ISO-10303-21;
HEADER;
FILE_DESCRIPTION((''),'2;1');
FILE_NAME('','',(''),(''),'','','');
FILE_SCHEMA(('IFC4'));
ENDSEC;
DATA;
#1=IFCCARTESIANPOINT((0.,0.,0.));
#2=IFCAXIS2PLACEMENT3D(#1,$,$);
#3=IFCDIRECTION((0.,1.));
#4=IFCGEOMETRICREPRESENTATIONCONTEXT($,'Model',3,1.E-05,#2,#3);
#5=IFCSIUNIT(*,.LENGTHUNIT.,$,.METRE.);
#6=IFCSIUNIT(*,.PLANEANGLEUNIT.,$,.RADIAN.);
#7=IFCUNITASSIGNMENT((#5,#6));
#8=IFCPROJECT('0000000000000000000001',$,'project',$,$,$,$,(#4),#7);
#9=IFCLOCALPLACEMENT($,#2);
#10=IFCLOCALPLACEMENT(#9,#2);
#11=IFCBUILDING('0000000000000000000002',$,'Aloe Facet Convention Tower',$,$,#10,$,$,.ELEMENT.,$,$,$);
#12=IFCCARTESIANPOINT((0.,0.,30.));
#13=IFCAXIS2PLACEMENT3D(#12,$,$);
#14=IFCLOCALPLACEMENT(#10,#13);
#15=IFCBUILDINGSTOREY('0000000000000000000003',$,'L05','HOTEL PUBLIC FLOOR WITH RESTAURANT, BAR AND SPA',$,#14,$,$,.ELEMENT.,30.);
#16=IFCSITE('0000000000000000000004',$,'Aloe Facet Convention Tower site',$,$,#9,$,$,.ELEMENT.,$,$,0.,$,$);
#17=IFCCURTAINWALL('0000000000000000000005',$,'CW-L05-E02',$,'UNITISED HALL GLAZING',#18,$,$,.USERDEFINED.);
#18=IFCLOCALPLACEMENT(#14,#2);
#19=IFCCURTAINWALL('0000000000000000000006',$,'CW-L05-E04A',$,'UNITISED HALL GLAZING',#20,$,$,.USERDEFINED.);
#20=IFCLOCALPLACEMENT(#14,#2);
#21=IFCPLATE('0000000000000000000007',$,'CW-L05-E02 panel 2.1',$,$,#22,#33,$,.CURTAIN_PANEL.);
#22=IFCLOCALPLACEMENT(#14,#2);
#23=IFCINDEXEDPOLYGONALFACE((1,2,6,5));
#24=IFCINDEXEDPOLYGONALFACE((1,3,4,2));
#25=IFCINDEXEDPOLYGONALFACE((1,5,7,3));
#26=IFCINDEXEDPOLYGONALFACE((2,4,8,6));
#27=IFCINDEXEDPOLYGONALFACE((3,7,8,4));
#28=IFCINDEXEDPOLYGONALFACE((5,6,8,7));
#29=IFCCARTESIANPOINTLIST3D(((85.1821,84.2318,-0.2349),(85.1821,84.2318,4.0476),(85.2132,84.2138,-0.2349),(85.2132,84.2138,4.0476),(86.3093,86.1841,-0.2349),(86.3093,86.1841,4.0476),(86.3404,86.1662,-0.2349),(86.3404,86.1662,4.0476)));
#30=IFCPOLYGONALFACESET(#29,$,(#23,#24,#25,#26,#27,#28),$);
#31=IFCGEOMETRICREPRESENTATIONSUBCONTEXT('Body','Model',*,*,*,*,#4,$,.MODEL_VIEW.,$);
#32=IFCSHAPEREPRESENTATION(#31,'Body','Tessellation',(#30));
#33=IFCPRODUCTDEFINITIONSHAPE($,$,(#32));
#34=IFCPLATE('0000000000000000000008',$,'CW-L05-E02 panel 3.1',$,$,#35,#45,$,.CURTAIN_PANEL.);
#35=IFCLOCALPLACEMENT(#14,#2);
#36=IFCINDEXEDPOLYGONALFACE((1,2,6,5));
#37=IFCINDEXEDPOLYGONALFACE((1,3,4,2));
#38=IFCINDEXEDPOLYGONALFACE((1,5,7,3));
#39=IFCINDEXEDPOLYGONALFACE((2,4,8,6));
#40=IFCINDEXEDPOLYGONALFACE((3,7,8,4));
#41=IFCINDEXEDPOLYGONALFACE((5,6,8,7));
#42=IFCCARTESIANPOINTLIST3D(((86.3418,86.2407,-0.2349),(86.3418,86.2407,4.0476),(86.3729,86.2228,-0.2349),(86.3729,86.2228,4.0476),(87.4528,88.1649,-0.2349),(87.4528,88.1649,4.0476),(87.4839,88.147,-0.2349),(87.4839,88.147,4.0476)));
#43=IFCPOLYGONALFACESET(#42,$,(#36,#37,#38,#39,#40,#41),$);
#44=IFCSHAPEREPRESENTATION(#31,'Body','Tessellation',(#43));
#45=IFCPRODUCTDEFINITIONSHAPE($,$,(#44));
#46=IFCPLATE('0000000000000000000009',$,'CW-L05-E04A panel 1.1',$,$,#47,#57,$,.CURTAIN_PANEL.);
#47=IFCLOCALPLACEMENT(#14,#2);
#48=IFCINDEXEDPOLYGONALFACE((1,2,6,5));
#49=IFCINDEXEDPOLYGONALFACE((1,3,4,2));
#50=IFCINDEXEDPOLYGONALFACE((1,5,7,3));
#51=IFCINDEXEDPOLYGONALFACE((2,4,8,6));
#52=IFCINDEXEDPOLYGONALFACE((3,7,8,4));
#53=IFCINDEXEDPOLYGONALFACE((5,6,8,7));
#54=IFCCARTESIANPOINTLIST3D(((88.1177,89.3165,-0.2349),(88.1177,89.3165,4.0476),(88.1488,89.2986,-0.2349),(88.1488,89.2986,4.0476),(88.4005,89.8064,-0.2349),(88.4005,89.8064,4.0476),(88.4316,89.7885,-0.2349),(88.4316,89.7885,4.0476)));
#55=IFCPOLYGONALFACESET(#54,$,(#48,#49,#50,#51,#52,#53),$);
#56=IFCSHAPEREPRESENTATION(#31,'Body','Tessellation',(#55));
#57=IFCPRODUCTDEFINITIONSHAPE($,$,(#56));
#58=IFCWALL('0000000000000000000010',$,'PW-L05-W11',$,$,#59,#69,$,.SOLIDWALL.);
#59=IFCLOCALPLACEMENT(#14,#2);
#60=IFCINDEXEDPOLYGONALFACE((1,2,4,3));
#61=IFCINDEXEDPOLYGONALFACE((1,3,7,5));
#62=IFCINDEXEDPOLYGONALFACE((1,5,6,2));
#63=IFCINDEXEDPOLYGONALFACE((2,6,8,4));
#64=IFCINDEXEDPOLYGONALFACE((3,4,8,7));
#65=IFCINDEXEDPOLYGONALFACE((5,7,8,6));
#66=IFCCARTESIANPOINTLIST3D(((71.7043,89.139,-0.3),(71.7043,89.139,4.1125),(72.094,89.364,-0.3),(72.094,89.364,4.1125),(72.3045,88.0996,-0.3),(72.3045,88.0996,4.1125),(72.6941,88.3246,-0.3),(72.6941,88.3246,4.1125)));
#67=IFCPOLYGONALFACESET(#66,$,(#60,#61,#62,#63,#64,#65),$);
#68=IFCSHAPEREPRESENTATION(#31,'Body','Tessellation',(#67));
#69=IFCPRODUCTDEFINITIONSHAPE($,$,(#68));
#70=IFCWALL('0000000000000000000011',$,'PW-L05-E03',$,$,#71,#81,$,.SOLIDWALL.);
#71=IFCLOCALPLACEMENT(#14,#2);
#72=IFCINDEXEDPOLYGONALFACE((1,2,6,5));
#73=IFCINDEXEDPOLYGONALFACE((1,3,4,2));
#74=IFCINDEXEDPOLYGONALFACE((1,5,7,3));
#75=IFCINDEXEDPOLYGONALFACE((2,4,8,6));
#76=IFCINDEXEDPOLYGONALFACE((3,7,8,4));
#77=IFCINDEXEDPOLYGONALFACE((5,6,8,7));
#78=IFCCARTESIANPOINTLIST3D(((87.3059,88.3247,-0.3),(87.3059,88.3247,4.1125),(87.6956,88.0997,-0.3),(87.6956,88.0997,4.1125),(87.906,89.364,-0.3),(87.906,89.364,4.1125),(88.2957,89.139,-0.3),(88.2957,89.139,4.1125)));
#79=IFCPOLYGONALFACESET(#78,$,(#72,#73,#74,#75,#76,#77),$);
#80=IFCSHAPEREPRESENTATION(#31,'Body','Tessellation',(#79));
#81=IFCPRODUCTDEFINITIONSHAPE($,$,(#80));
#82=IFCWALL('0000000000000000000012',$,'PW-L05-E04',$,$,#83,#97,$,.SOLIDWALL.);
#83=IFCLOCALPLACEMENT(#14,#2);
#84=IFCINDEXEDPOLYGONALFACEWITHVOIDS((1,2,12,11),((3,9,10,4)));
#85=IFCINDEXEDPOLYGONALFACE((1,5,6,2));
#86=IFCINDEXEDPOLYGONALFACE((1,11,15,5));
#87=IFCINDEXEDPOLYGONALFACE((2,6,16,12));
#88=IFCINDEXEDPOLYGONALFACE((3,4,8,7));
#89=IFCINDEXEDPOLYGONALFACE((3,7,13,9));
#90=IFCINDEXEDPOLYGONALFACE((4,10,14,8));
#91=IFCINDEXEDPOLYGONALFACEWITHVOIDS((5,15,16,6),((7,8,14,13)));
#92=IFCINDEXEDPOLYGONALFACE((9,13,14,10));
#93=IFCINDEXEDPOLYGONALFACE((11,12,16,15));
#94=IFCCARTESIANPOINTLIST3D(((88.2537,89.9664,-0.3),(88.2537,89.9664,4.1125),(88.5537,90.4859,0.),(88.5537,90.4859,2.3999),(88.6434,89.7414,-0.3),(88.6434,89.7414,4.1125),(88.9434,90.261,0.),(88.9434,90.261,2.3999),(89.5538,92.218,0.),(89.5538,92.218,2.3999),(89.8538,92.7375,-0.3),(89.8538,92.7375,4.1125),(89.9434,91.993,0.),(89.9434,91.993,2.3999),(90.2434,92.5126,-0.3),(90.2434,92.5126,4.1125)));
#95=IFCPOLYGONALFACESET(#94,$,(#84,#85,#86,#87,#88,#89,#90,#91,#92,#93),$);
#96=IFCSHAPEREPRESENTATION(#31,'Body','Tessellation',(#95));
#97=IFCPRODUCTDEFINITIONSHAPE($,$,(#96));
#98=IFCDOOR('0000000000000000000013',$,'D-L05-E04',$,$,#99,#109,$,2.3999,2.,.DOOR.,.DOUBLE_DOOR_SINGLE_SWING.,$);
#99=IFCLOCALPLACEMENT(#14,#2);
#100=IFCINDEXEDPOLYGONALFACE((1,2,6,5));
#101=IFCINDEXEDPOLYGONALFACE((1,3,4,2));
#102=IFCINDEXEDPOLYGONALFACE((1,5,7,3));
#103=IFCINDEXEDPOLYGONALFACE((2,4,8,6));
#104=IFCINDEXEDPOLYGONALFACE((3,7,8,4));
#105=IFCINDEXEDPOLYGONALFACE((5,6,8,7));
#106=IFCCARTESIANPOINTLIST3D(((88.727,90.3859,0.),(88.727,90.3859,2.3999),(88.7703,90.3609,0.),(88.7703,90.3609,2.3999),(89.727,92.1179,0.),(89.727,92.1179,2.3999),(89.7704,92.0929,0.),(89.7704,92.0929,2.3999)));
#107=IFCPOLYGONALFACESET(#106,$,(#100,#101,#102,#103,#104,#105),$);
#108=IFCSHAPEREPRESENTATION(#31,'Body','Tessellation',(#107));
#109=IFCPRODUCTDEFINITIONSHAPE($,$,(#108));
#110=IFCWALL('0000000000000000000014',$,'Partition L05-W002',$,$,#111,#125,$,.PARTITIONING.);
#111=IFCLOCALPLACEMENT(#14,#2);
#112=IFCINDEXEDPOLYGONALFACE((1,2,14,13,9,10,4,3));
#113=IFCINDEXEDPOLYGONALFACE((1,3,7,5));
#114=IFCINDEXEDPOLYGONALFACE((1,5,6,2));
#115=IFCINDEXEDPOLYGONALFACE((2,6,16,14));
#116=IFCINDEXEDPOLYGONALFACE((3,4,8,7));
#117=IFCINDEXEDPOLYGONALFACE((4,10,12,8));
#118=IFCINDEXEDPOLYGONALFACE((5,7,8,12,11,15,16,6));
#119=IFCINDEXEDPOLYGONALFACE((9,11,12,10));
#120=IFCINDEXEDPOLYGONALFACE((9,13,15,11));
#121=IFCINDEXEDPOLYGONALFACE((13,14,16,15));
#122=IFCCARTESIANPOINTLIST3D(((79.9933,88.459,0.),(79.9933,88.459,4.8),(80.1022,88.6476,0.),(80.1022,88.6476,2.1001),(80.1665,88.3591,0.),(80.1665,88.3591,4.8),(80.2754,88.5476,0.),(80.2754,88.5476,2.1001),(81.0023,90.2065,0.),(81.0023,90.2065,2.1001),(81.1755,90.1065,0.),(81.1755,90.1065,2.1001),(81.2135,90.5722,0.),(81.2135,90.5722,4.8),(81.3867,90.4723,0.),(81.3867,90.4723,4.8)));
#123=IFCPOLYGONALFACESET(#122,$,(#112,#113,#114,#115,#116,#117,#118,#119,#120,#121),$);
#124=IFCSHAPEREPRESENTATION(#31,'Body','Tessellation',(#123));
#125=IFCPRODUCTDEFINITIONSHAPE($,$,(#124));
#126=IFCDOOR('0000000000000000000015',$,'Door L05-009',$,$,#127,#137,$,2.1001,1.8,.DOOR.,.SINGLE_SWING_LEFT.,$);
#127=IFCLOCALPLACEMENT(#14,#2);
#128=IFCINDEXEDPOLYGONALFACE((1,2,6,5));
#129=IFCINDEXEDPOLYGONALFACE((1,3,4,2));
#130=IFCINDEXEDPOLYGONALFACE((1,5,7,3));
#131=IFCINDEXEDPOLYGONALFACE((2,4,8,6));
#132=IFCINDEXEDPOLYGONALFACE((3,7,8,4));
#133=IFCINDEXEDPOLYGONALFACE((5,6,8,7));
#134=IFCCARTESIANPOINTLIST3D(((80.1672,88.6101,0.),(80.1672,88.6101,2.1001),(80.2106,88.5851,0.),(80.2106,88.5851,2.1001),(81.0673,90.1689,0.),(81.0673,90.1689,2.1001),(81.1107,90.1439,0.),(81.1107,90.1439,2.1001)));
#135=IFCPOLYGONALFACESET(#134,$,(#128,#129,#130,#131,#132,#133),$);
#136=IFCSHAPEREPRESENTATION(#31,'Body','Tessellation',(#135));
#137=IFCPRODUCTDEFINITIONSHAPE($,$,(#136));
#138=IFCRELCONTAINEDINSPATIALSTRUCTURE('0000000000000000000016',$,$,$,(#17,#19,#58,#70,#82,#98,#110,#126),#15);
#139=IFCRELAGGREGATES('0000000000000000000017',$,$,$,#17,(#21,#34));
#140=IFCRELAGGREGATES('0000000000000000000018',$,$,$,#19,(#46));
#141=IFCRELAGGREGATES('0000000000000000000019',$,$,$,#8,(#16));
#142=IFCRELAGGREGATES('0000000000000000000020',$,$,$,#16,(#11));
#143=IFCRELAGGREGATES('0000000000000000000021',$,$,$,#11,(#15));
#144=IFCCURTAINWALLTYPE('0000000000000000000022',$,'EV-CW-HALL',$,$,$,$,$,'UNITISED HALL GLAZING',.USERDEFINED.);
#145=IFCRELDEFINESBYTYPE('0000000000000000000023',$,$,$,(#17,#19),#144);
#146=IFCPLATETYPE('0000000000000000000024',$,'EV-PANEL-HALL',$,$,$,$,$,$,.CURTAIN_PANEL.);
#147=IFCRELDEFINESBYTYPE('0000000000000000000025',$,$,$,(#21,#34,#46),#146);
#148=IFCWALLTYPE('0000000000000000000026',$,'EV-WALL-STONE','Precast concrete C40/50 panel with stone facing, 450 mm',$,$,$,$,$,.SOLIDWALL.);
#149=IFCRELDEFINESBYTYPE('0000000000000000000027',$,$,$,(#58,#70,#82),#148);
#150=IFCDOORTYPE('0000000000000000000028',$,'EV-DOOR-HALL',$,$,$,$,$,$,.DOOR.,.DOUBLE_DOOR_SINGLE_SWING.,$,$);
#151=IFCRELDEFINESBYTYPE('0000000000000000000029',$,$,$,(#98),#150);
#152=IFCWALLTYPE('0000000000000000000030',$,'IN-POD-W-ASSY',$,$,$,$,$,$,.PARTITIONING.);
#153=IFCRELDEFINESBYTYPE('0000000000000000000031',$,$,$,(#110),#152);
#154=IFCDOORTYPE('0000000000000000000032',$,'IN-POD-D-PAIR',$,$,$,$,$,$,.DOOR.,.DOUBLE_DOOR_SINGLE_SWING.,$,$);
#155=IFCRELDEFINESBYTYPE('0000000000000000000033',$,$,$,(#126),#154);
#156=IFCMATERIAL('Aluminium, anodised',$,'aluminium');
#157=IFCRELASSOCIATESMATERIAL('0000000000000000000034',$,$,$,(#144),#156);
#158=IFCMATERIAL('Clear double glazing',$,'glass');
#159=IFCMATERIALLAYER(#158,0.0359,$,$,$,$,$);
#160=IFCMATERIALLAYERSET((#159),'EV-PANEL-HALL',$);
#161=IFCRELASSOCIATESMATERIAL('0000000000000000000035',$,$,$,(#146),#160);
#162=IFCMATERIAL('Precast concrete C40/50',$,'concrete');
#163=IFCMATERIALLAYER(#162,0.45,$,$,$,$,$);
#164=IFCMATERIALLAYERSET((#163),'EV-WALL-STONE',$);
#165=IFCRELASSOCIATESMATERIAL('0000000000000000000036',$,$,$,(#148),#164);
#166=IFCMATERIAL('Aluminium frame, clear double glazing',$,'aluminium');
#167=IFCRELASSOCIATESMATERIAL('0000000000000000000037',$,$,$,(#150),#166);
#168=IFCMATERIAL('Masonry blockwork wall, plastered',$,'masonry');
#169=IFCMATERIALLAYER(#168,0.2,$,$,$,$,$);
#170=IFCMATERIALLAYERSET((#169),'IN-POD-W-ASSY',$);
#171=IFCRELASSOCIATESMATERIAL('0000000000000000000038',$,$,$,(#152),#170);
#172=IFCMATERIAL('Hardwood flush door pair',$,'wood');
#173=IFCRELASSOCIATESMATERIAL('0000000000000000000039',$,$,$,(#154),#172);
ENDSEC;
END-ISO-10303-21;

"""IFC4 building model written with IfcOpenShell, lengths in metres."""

from ifc_helpers import new_model, si_unit, direction, frame, frame_2d, origin, origin_2d, place, context, subcontext, project, spatial, rectangle, extrude, material, layer, layer_set, type_object, element, fill, aggregate, save


model = new_model("IFC4")

# Units and contexts
model_context = context("Model", 3, precision=1e-05, world=origin(), true_north=direction((0.0, 1.0)))
body_context = subcontext(model_context, "Body", "Model", "MODEL_VIEW")
ifc_project = project(units=[si_unit("LENGTHUNIT", "METRE"), si_unit("PLANEANGLEUNIT", "RADIAN")], contexts=[model_context])

# Site, building, storey
site_placement = place(None, origin())
site = spatial("IfcSite", under=ifc_project, at=site_placement, Name="Aloe Facet Convention Tower site", CompositionType="ELEMENT", RefElevation=0.0)
building_placement = place(site_placement, origin())
building = spatial("IfcBuilding", under=site, at=building_placement, Name="Aloe Facet Convention Tower", CompositionType="ELEMENT")
storey_placement = place(building_placement, frame((0.0, 0.0, 30.0)))
storey = spatial("IfcBuildingStorey", under=building, at=storey_placement, Name="L05", Description="HOTEL PUBLIC FLOOR WITH RESTAURANT, BAR AND SPA", CompositionType="ELEMENT", Elevation=30.0)

# Curtain walls
ifc_material_1 = material(Name="Aluminium, anodised", Category="aluminium")
curtain_wall_type = type_object("IfcCurtainWallType", Name="EV-CW-HALL", ElementType="UNITISED HALL GLAZING", PredefinedType="USERDEFINED", material=ifc_material_1)
curtain_wall_1_placement = place(storey_placement, origin())
curtain_wall_1 = element("IfcCurtainWall", 1, at=curtain_wall_1_placement, inside=storey, type_object=curtain_wall_type, Name="CW-L05-E02", ObjectType="UNITISED HALL GLAZING", PredefinedType="USERDEFINED")
curtain_wall_2_placement = place(storey_placement, origin())
curtain_wall_2 = element("IfcCurtainWall", 2, at=curtain_wall_2_placement, inside=storey, type_object=curtain_wall_type, Name="CW-L05-E04A", ObjectType="UNITISED HALL GLAZING", PredefinedType="USERDEFINED")

# Plates
ifc_material_2 = material(Name="Clear double glazing", Category="glass")
ifc_layer_1 = layer(ifc_material_2, 0.0359)
ifc_layer_set_1 = layer_set([ifc_layer_1], Name="EV-PANEL-HALL")
plate_type = type_object("IfcPlateType", Name="EV-PANEL-HALL", PredefinedType="CURTAIN_PANEL", material=ifc_layer_set_1)
plate_1_placement = place(storey_placement, frame((85.7612, 85.199, -0.2349), z_axis=(0.0, 0.0, 1.0), x_axis=(0.5, 0.866025, 0.0)))
plate_1 = element("IfcPlate", 3, at=plate_1_placement, type_object=plate_type, Name="CW-L05-E02 panel 2.1", PredefinedType="CURTAIN_PANEL", context=body_context, shape_type="SweptSolid", body=[
    extrude(rectangle(XDim=2.2544, YDim=0.0359, at=origin_2d()), origin(), (0.0, 0.0, 1.0), 4.2825),
])
plate_2_placement = place(storey_placement, frame((86.9128, 87.1938, -0.2349), z_axis=(0.0, 0.0, 1.0), x_axis=(0.5, 0.866025, 0.0)))
plate_2 = element("IfcPlate", 4, at=plate_2_placement, type_object=plate_type, Name="CW-L05-E02 panel 3.1", PredefinedType="CURTAIN_PANEL", context=body_context, shape_type="SweptSolid", body=[
    extrude(rectangle(XDim=2.2219, YDim=0.0359, at=origin_2d()), origin(), (0.0, 0.0, 1.0), 4.2825),
])
aggregate(curtain_wall_1, [plate_1, plate_2])
plate_3_placement = place(storey_placement, frame((88.2747, 89.5525, -0.2349), z_axis=(0.0, 0.0, 1.0), x_axis=(0.5, 0.866025, 0.0)))
plate_3 = element("IfcPlate", 5, at=plate_3_placement, type_object=plate_type, Name="CW-L05-E04A panel 1.1", PredefinedType="CURTAIN_PANEL", context=body_context, shape_type="SweptSolid", body=[
    extrude(rectangle(XDim=0.5657, YDim=0.0359, at=origin_2d()), origin(), (0.0, 0.0, 1.0), 4.2825),
])
aggregate(curtain_wall_2, [plate_3])

# Walls
ifc_material_3 = material(Name="Precast concrete C40/50", Category="concrete")
ifc_layer_2 = layer(ifc_material_3, 0.45)
ifc_layer_set_2 = layer_set([ifc_layer_2], Name="EV-WALL-STONE")
wall_type_1 = type_object("IfcWallType", Name="EV-WALL-STONE", Description="Precast concrete C40/50 panel with stone facing, 450 mm", PredefinedType="SOLIDWALL", material=ifc_layer_set_2)
for number, where, z_axis, x_axis, name in (
    (6, (71.8992, 89.2515, -0.3), (0.0, 0.0, 1.0), (0.500034, -0.866006, 0.0), "PW-L05-W11"),
    (7, (87.5007, 88.2122, -0.3), (0.0, 0.0, 1.0), (0.500034, 0.866006, 0.0), "PW-L05-E03"),
):
    element("IfcWall", number, at=place(storey_placement, frame(where, z_axis=z_axis, x_axis=x_axis)), inside=storey, type_object=wall_type_1, Name=name, PredefinedType="SOLIDWALL", context=body_context, shape_type="SweptSolid", body=[
        extrude(rectangle(XDim=1.2002, YDim=0.45, at=frame_2d((0.6001, 0.0))), origin(), (0.0, 0.0, 1.0), 4.4126),
    ])

# Walls, openings, doors
wall_1_placement = place(storey_placement, frame((88.4485, 89.8538, -0.3), z_axis=(0.0, 0.0, 1.0), x_axis=(0.500028, 0.866009, 0.0)))
wall_1 = element("IfcWall", 8, at=wall_1_placement, inside=storey, type_object=wall_type_1, Name="PW-L05-E04", PredefinedType="SOLIDWALL", context=body_context, shape_type="SweptSolid", body=[
    extrude(rectangle(XDim=3.2, YDim=0.45, at=frame_2d((1.6001, 0.0))), origin(), (0.0, 0.0, 1.0), 4.4126),
])
opening_1_placement = place(wall_1_placement, frame((0.6001, 0.0, 0.3)))
opening_1 = element("IfcOpeningElement", 9, at=opening_1_placement, cuts=wall_1, PredefinedType="OPENING", context=body_context, shape_type="SweptSolid", body=[
    extrude(rectangle(XDim=2.0, YDim=2.3999, at=frame_2d((1.0, 1.2))), frame((0.0, 0.2349, 0.0), z_axis=(0.0, -1.0, 0.0), x_axis=(1.0, 0.0, 0.0)), (0.0, 0.0, 1.0), 0.47),
])
ifc_material_4 = material(Name="Aluminium frame, clear double glazing", Category="aluminium")
door_type_1 = type_object("IfcDoorType", Name="EV-DOOR-HALL", OperationType="DOUBLE_DOOR_SINGLE_SWING", PredefinedType="DOOR", material=ifc_material_4)
door_1_placement = place(opening_1_placement, origin())
door_1 = element("IfcDoor", 10, at=door_1_placement, inside=storey, type_object=door_type_1, Name="D-L05-E04", OperationType="DOUBLE_DOOR_SINGLE_SWING", OverallHeight=2.3999, OverallWidth=2.0, PredefinedType="DOOR", context=body_context, shape_type="SweptSolid", body=[
    extrude(rectangle(XDim=2.0, YDim=2.3999, at=frame_2d((1.0, 1.2))), frame((0.0, 0.0249, 0.0), z_axis=(0.0, -1.0, 0.0), x_axis=(1.0, 0.0, 0.0)), (0.0, 0.0, 1.0), 0.05),
])
fill(opening_1, door_1)
ifc_material_5 = material(Name="Masonry blockwork wall, plastered", Category="masonry")
ifc_layer_3 = layer(ifc_material_5, 0.2)
ifc_layer_set_3 = layer_set([ifc_layer_3], Name="IN-POD-W-ASSY")
wall_type_2 = type_object("IfcWallType", Name="IN-POD-W-ASSY", PredefinedType="PARTITIONING", material=ifc_layer_set_3)
wall_2_placement = place(storey_placement, frame((80.0798, 88.4089, 0.0), z_axis=(0.0, 0.0, 1.0), x_axis=(0.500034, 0.866006, 0.0)))
wall_2 = element("IfcWall", 11, at=wall_2_placement, inside=storey, type_object=wall_type_2, Name="Partition L05-W002", PredefinedType="PARTITIONING", context=body_context, shape_type="SweptSolid", body=[
    extrude(rectangle(XDim=2.4402, YDim=0.2, at=frame_2d((1.2202, 0.0))), origin(), (0.0, 0.0, 1.0), 4.8),
])
opening_2_placement = place(wall_2_placement, frame((0.218, 0.0, 0.0)))
opening_2 = element("IfcOpeningElement", 12, at=opening_2_placement, cuts=wall_2, PredefinedType="OPENING", context=body_context, shape_type="SweptSolid", body=[
    extrude(rectangle(XDim=1.8, YDim=2.1001, at=frame_2d((0.8999, 1.05))), frame((0.0, 0.1099, 0.0), z_axis=(0.0, -1.0, 0.0), x_axis=(1.0, 0.0, 0.0)), (0.0, 0.0, 1.0), 0.22),
])
ifc_material_6 = material(Name="Hardwood flush door pair", Category="wood")
door_type_2 = type_object("IfcDoorType", Name="IN-POD-D-PAIR", OperationType="DOUBLE_DOOR_SINGLE_SWING", PredefinedType="DOOR", material=ifc_material_6)
door_2_placement = place(opening_2_placement, origin())
door_2 = element("IfcDoor", 13, at=door_2_placement, inside=storey, type_object=door_type_2, Name="Door L05-009", OperationType="SINGLE_SWING_LEFT", OverallHeight=2.1001, OverallWidth=1.8, PredefinedType="DOOR", context=body_context, shape_type="SweptSolid", body=[
    extrude(rectangle(XDim=1.8, YDim=2.1001, at=frame_2d((0.8999, 1.05))), frame((0.0, 0.0249, 0.0), z_axis=(0.0, -1.0, 0.0), x_axis=(1.0, 0.0, 0.0)), (0.0, 0.0, 1.0), 0.05),
])
fill(opening_2, door_2)

save(model, "model.ifc")
